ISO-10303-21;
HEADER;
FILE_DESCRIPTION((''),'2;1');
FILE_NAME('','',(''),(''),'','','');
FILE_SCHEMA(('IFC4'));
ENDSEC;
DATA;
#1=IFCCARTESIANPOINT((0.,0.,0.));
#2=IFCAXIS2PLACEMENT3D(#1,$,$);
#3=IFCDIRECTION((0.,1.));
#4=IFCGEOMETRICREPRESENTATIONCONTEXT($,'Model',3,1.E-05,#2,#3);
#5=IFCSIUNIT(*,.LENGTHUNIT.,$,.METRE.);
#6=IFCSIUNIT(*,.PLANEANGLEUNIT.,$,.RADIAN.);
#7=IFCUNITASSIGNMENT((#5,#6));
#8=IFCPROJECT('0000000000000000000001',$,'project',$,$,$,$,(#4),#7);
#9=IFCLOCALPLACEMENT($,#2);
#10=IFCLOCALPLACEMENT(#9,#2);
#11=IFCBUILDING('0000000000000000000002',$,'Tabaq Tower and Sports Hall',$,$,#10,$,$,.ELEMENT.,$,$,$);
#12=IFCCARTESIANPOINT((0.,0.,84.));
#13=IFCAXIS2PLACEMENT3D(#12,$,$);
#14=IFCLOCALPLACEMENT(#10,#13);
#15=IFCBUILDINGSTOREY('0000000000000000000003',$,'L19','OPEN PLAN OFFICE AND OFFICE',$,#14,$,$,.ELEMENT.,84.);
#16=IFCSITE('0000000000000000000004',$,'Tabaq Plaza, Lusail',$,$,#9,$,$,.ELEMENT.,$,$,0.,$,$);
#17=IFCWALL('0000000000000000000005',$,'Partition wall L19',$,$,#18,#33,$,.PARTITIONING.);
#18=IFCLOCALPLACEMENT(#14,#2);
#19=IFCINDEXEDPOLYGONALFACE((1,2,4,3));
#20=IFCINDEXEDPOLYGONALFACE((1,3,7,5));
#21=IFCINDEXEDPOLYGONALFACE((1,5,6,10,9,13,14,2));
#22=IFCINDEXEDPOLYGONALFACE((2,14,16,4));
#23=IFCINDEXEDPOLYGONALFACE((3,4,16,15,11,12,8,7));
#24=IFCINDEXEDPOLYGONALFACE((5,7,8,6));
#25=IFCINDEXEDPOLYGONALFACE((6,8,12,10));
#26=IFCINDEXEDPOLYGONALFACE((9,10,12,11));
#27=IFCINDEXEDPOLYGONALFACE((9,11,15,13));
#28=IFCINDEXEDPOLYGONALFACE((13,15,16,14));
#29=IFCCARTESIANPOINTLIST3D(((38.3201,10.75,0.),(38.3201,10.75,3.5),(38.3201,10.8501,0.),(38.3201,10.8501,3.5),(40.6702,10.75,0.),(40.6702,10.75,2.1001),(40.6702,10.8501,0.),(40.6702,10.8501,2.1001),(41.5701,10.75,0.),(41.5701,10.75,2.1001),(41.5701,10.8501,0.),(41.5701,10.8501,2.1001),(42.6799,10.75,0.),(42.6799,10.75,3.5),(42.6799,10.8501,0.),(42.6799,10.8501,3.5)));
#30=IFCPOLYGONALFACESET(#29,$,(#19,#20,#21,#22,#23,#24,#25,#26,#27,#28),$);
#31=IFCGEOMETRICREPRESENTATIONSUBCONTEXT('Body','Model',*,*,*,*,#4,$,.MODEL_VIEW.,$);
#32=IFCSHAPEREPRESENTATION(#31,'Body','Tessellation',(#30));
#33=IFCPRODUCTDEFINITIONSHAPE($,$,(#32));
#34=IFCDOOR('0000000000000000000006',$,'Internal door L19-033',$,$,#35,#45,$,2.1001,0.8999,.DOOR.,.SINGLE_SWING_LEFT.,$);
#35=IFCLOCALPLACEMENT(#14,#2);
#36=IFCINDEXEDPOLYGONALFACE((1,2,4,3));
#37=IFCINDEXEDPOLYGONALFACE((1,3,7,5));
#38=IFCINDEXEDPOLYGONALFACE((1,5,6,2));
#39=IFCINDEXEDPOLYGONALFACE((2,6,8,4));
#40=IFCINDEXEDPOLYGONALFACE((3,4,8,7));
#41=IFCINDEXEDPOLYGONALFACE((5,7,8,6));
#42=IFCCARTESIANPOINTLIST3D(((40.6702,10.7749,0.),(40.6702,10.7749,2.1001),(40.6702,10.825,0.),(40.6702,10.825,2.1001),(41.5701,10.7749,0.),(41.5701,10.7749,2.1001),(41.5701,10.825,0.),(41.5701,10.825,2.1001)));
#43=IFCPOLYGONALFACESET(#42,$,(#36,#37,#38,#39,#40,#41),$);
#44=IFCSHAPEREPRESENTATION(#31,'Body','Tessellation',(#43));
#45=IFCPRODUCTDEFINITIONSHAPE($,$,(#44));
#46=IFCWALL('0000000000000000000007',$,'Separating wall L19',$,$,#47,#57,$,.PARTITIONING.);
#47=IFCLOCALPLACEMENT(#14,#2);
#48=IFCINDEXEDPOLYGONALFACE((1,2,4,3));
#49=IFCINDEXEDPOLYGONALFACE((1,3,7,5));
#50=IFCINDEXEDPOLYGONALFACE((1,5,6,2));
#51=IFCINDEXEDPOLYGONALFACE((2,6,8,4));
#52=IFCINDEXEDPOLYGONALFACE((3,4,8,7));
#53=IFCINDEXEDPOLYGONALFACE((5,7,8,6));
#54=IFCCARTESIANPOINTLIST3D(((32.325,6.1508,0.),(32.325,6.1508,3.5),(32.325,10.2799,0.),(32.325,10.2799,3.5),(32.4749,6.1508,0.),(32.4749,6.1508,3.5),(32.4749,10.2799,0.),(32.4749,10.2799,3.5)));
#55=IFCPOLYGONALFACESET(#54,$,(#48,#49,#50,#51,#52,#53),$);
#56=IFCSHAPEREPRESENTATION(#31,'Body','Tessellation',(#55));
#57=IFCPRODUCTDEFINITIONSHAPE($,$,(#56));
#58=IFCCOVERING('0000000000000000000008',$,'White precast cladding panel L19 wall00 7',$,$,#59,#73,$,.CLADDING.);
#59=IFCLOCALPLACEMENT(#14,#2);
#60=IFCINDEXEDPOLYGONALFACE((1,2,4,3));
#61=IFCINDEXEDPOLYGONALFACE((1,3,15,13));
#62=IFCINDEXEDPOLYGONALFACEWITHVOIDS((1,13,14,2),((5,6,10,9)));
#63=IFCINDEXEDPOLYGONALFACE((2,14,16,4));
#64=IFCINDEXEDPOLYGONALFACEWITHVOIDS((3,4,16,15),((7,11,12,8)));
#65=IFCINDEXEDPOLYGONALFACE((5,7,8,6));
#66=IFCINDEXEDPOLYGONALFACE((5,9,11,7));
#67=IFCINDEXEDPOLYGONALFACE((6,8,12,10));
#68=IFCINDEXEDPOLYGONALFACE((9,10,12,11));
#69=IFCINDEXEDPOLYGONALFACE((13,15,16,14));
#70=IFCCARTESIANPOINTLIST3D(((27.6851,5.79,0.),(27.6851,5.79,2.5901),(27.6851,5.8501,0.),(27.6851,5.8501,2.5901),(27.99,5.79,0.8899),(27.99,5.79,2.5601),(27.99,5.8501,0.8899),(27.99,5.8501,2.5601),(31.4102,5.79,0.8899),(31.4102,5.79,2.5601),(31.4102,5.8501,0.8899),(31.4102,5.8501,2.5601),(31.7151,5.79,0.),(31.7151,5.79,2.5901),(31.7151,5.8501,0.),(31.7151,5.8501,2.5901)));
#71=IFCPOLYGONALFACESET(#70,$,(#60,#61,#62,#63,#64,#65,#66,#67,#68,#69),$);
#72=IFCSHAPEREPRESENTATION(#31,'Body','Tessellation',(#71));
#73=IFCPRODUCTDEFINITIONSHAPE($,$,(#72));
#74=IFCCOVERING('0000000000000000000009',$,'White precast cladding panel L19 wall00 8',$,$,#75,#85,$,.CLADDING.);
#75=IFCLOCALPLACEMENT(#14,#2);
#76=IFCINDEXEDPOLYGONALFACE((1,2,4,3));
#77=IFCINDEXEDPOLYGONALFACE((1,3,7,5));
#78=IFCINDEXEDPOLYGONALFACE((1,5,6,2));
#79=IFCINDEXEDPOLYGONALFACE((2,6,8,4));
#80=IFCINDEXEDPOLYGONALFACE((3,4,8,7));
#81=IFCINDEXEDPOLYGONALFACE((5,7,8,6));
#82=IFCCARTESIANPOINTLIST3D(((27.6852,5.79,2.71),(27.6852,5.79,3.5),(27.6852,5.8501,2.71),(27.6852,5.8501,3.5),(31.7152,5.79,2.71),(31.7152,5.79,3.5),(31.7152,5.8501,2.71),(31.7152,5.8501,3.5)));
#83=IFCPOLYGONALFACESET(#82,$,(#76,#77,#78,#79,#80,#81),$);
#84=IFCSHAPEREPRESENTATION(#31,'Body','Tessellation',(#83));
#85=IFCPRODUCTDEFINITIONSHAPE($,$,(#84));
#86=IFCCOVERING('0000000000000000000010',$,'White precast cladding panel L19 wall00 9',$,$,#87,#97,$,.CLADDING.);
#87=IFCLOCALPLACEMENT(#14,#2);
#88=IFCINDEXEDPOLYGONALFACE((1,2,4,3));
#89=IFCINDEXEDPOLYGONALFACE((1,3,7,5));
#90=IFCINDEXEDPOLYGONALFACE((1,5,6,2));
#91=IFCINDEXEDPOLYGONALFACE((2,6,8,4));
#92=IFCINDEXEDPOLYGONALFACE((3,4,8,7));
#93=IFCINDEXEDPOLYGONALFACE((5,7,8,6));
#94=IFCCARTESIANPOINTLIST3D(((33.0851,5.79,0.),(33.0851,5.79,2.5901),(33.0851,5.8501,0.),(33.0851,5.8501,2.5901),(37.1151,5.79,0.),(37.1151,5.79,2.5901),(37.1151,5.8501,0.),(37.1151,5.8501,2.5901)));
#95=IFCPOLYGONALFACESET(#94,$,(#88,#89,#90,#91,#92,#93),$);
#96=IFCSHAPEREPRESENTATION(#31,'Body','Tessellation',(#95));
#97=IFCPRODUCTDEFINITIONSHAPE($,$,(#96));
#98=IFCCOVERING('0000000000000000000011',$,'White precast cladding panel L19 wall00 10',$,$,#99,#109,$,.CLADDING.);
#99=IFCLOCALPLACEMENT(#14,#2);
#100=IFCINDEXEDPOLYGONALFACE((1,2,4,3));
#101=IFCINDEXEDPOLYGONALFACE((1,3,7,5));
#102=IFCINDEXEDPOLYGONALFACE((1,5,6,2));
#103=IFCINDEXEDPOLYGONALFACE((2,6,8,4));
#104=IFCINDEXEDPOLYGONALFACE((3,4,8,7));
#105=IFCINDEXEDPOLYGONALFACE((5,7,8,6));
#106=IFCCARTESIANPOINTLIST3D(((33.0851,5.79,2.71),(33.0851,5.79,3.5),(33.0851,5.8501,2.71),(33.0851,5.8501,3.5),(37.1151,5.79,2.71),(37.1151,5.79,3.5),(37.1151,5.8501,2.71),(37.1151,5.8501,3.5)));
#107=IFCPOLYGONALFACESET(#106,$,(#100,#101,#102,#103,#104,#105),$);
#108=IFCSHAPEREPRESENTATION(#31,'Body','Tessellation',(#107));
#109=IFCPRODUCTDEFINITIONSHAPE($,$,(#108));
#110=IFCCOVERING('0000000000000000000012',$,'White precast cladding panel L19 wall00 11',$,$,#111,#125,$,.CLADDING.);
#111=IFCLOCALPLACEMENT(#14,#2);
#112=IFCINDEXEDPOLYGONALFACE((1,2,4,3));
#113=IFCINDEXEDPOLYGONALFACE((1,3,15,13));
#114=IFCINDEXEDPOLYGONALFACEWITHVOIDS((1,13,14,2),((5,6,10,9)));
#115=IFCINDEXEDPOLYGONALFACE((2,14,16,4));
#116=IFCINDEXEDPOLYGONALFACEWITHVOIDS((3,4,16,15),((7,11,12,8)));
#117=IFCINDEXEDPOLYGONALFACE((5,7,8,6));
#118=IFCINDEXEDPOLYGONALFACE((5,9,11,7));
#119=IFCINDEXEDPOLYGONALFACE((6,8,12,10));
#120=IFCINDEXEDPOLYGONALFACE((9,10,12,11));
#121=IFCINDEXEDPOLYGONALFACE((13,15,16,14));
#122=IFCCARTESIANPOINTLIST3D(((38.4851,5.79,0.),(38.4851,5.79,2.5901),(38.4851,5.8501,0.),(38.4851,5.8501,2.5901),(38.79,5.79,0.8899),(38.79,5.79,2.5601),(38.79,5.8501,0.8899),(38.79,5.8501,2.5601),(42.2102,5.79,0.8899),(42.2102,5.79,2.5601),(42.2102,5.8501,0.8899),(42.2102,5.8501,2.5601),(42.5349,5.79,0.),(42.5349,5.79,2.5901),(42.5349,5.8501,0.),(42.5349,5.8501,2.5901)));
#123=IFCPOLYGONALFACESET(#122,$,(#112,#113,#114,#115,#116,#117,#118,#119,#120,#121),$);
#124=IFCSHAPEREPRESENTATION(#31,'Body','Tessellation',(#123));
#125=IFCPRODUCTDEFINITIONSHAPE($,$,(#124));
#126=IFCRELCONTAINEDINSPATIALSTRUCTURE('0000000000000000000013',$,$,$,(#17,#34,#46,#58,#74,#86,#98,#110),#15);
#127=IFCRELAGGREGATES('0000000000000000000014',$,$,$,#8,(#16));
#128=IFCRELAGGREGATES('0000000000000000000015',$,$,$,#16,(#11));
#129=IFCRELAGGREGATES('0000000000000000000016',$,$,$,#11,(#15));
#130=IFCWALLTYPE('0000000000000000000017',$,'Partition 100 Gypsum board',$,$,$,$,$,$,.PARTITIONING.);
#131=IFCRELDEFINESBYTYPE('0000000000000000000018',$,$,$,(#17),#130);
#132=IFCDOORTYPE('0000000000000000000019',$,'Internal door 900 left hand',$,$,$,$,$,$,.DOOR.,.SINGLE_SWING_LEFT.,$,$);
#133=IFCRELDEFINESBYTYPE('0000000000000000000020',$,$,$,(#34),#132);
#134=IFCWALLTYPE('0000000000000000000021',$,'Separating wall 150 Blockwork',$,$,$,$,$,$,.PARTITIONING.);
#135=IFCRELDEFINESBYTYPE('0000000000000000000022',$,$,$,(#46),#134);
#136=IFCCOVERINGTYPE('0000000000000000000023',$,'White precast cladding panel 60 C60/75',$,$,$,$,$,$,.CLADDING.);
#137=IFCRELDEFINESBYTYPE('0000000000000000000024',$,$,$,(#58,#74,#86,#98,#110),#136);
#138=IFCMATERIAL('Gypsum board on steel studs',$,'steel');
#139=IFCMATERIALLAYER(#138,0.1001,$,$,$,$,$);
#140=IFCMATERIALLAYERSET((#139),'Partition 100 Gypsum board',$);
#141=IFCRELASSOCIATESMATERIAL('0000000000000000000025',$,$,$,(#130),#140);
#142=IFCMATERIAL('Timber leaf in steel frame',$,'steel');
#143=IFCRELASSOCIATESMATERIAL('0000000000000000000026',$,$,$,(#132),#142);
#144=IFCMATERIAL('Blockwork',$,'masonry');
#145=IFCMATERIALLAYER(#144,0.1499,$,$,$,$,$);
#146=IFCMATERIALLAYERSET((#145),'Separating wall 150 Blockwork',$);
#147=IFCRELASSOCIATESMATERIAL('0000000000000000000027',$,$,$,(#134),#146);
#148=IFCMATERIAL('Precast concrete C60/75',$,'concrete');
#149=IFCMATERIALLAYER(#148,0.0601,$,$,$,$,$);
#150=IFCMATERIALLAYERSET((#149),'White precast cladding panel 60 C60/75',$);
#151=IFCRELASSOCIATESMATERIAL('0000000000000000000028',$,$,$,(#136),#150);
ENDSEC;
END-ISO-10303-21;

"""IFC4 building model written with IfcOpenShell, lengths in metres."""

from ifc_helpers import new_model, si_unit, direction, frame, frame_2d, origin, place, context, subcontext, project, spatial, polyline, rectangle, outline, extrude, material, layer, layer_set, type_object, element, fill, save


model = new_model("IFC4")

# Units and contexts
model_context = context("Model", 3, precision=1e-05, world=origin(), true_north=direction((0.0, 1.0)))
body_context = subcontext(model_context, "Body", "Model", "MODEL_VIEW")
ifc_project = project(units=[si_unit("LENGTHUNIT", "METRE"), si_unit("PLANEANGLEUNIT", "RADIAN")], contexts=[model_context])

# Site, building, storey
site_placement = place(None, origin())
site = spatial("IfcSite", under=ifc_project, at=site_placement, Name="Tabaq Plaza, Lusail", CompositionType="ELEMENT", RefElevation=0.0)
building_placement = place(site_placement, origin())
building = spatial("IfcBuilding", under=site, at=building_placement, Name="Tabaq Tower and Sports Hall", CompositionType="ELEMENT")
storey_placement = place(building_placement, frame((0.0, 0.0, 84.0)))
storey = spatial("IfcBuildingStorey", under=building, at=storey_placement, Name="L19", Description="OPEN PLAN OFFICE AND OFFICE", CompositionType="ELEMENT", Elevation=84.0)

# Shared definitions
ifc_material_1 = material(Name="Gypsum board on steel studs", Category="steel")
ifc_layer_1 = layer(ifc_material_1, 0.1001)
ifc_layer_set_1 = layer_set([ifc_layer_1], Name="Partition 100 Gypsum board")
wall_type_1 = type_object("IfcWallType", Name="Partition 100 Gypsum board", PredefinedType="PARTITIONING", material=ifc_layer_set_1)

# Wall, opening, door
wall_1_placement = place(storey_placement, frame((38.3201, 10.8, 0.0), z_axis=(0.0, 0.0, 1.0), x_axis=(1.0, 0.0, 0.0)))
wall_1 = element("IfcWall", 1, at=wall_1_placement, inside=storey, type_object=wall_type_1, Name="Partition wall L19", PredefinedType="PARTITIONING", context=body_context, shape_type="SweptSolid", body=[
    extrude(rectangle(XDim=4.3599, YDim=0.1001, at=frame_2d((2.1799, 0.0))), origin(), (0.0, 0.0, 1.0), 3.5),
])
opening_1_placement = place(wall_1_placement, frame((2.3501, 0.0, 0.0)))
opening_1 = element("IfcOpeningElement", 2, at=opening_1_placement, cuts=wall_1, PredefinedType="OPENING", context=body_context, shape_type="SweptSolid", body=[
    extrude(rectangle(XDim=0.8999, YDim=2.1001, at=frame_2d((0.45, 1.05))), frame((0.0, 0.05, 0.0), z_axis=(0.0, -1.0, 0.0), x_axis=(1.0, 0.0, 0.0)), (0.0, 0.0, 1.0), 0.1001),
])
ifc_material_2 = material(Name="Timber leaf in steel frame", Category="steel")
door_type_1 = type_object("IfcDoorType", Name="Internal door 900 left hand", OperationType="SINGLE_SWING_LEFT", PredefinedType="DOOR", material=ifc_material_2)
door_1_placement = place(opening_1_placement, origin())
door_1 = element("IfcDoor", 3, at=door_1_placement, inside=storey, type_object=door_type_1, Name="Internal door L19-033", OperationType="SINGLE_SWING_LEFT", OverallHeight=2.1001, OverallWidth=0.8999, PredefinedType="DOOR", context=body_context, shape_type="SweptSolid", body=[
    extrude(rectangle(XDim=0.8999, YDim=2.1001, at=frame_2d((0.45, 1.05))), frame((0.0, 0.0249, 0.0), z_axis=(0.0, -1.0, 0.0), x_axis=(1.0, 0.0, 0.0)), (0.0, 0.0, 1.0), 0.05),
])
fill(opening_1, door_1)

# Wall
ifc_material_3 = material(Name="Blockwork", Category="masonry")
ifc_layer_2 = layer(ifc_material_3, 0.1499)
ifc_layer_set_2 = layer_set([ifc_layer_2], Name="Separating wall 150 Blockwork")
wall_type_2 = type_object("IfcWallType", Name="Separating wall 150 Blockwork", PredefinedType="PARTITIONING", material=ifc_layer_set_2)
wall_2_placement = place(storey_placement, frame((32.3999, 6.1509, 0.0), z_axis=(0.0, 0.0, 1.0), x_axis=(0.0, 1.0, 0.0)))
element("IfcWall", 4, at=wall_2_placement, inside=storey, type_object=wall_type_2, Name="Separating wall L19", PredefinedType="PARTITIONING", context=body_context, shape_type="SweptSolid", body=[
    extrude(rectangle(XDim=4.1292, YDim=0.1499, at=frame_2d((2.0645, 0.0))), origin(), (0.0, 0.0, 1.0), 3.5),
])

# Coverings
ifc_material_4 = material(Name="Precast concrete C60/75", Category="concrete")
ifc_layer_3 = layer(ifc_material_4, 0.0601)
ifc_layer_set_3 = layer_set([ifc_layer_3], Name="White precast cladding panel 60 C60/75")
covering_type = type_object("IfcCoveringType", Name="White precast cladding panel 60 C60/75", PredefinedType="CLADDING", material=ifc_layer_set_3)
covering_1_placement = place(storey_placement, frame((27.6851, 5.8201, 0.0), z_axis=(0.0, 0.0, 1.0), x_axis=(1.0, 0.0, 0.0)))
element("IfcCovering", 5, at=covering_1_placement, inside=storey, type_object=covering_type, Name="White precast cladding panel L19 wall00 7", PredefinedType="CLADDING", context=body_context, shape_type="SweptSolid", body=[
    extrude(outline(polyline([(0.0, 0.0), (4.03, 0.0), (4.03, 2.5901), (0.0, 2.5901), (0.0, 0.0)]), holes=[polyline([(3.7251, 0.8899), (0.3049, 0.8899), (0.3049, 2.5601), (3.7251, 2.5601), (3.7251, 0.8899)])]), frame((0.0, 0.03, 0.0), z_axis=(0.0, -1.0, 0.0), x_axis=(1.0, 0.0, 0.0)), (0.0, 0.0, 1.0), 0.0601),
])
covering_2_placement = place(storey_placement, frame((27.6851, 5.8201, 2.71), z_axis=(0.0, 0.0, 1.0), x_axis=(1.0, 0.0, 0.0)))
element("IfcCovering", 6, at=covering_2_placement, inside=storey, type_object=covering_type, Name="White precast cladding panel L19 wall00 8", PredefinedType="CLADDING", context=body_context, shape_type="SweptSolid", body=[
    extrude(rectangle(XDim=4.03, YDim=0.0601, at=frame_2d((2.0151, 0.0))), origin(), (0.0, 0.0, 1.0), 0.79),
])
covering_3_placement = place(storey_placement, frame((33.085, 5.8201, 0.0), z_axis=(0.0, 0.0, 1.0), x_axis=(1.0, 0.0, 0.0)))
element("IfcCovering", 7, at=covering_3_placement, inside=storey, type_object=covering_type, Name="White precast cladding panel L19 wall00 9", PredefinedType="CLADDING", context=body_context, shape_type="SweptSolid", body=[
    extrude(rectangle(XDim=4.03, YDim=0.0601, at=frame_2d((2.0151, 0.0))), origin(), (0.0, 0.0, 1.0), 2.5901),
])
covering_4_placement = place(storey_placement, frame((33.085, 5.8201, 2.71), z_axis=(0.0, 0.0, 1.0), x_axis=(1.0, 0.0, 0.0)))
element("IfcCovering", 8, at=covering_4_placement, inside=storey, type_object=covering_type, Name="White precast cladding panel L19 wall00 10", PredefinedType="CLADDING", context=body_context, shape_type="SweptSolid", body=[
    extrude(rectangle(XDim=4.03, YDim=0.0601, at=frame_2d((2.0151, 0.0))), origin(), (0.0, 0.0, 1.0), 0.79),
])
covering_5_placement = place(storey_placement, frame((38.4851, 5.8201, 0.0), z_axis=(0.0, 0.0, 1.0), x_axis=(1.0, 0.0, 0.0)))
element("IfcCovering", 9, at=covering_5_placement, inside=storey, type_object=covering_type, Name="White precast cladding panel L19 wall00 11", PredefinedType="CLADDING", context=body_context, shape_type="SweptSolid", body=[
    extrude(outline(polyline([(0.0, 0.0), (4.0498, 0.0), (4.0498, 2.5901), (0.0, 2.5901), (0.0, 0.0)]), holes=[polyline([(3.7251, 0.8899), (0.3049, 0.8899), (0.3049, 2.5601), (3.7251, 2.5601), (3.7251, 0.8899)])]), frame((0.0, 0.03, 0.0), z_axis=(0.0, -1.0, 0.0), x_axis=(1.0, 0.0, 0.0)), (0.0, 0.0, 1.0), 0.0601),
])

save(model, "model.ifc")
